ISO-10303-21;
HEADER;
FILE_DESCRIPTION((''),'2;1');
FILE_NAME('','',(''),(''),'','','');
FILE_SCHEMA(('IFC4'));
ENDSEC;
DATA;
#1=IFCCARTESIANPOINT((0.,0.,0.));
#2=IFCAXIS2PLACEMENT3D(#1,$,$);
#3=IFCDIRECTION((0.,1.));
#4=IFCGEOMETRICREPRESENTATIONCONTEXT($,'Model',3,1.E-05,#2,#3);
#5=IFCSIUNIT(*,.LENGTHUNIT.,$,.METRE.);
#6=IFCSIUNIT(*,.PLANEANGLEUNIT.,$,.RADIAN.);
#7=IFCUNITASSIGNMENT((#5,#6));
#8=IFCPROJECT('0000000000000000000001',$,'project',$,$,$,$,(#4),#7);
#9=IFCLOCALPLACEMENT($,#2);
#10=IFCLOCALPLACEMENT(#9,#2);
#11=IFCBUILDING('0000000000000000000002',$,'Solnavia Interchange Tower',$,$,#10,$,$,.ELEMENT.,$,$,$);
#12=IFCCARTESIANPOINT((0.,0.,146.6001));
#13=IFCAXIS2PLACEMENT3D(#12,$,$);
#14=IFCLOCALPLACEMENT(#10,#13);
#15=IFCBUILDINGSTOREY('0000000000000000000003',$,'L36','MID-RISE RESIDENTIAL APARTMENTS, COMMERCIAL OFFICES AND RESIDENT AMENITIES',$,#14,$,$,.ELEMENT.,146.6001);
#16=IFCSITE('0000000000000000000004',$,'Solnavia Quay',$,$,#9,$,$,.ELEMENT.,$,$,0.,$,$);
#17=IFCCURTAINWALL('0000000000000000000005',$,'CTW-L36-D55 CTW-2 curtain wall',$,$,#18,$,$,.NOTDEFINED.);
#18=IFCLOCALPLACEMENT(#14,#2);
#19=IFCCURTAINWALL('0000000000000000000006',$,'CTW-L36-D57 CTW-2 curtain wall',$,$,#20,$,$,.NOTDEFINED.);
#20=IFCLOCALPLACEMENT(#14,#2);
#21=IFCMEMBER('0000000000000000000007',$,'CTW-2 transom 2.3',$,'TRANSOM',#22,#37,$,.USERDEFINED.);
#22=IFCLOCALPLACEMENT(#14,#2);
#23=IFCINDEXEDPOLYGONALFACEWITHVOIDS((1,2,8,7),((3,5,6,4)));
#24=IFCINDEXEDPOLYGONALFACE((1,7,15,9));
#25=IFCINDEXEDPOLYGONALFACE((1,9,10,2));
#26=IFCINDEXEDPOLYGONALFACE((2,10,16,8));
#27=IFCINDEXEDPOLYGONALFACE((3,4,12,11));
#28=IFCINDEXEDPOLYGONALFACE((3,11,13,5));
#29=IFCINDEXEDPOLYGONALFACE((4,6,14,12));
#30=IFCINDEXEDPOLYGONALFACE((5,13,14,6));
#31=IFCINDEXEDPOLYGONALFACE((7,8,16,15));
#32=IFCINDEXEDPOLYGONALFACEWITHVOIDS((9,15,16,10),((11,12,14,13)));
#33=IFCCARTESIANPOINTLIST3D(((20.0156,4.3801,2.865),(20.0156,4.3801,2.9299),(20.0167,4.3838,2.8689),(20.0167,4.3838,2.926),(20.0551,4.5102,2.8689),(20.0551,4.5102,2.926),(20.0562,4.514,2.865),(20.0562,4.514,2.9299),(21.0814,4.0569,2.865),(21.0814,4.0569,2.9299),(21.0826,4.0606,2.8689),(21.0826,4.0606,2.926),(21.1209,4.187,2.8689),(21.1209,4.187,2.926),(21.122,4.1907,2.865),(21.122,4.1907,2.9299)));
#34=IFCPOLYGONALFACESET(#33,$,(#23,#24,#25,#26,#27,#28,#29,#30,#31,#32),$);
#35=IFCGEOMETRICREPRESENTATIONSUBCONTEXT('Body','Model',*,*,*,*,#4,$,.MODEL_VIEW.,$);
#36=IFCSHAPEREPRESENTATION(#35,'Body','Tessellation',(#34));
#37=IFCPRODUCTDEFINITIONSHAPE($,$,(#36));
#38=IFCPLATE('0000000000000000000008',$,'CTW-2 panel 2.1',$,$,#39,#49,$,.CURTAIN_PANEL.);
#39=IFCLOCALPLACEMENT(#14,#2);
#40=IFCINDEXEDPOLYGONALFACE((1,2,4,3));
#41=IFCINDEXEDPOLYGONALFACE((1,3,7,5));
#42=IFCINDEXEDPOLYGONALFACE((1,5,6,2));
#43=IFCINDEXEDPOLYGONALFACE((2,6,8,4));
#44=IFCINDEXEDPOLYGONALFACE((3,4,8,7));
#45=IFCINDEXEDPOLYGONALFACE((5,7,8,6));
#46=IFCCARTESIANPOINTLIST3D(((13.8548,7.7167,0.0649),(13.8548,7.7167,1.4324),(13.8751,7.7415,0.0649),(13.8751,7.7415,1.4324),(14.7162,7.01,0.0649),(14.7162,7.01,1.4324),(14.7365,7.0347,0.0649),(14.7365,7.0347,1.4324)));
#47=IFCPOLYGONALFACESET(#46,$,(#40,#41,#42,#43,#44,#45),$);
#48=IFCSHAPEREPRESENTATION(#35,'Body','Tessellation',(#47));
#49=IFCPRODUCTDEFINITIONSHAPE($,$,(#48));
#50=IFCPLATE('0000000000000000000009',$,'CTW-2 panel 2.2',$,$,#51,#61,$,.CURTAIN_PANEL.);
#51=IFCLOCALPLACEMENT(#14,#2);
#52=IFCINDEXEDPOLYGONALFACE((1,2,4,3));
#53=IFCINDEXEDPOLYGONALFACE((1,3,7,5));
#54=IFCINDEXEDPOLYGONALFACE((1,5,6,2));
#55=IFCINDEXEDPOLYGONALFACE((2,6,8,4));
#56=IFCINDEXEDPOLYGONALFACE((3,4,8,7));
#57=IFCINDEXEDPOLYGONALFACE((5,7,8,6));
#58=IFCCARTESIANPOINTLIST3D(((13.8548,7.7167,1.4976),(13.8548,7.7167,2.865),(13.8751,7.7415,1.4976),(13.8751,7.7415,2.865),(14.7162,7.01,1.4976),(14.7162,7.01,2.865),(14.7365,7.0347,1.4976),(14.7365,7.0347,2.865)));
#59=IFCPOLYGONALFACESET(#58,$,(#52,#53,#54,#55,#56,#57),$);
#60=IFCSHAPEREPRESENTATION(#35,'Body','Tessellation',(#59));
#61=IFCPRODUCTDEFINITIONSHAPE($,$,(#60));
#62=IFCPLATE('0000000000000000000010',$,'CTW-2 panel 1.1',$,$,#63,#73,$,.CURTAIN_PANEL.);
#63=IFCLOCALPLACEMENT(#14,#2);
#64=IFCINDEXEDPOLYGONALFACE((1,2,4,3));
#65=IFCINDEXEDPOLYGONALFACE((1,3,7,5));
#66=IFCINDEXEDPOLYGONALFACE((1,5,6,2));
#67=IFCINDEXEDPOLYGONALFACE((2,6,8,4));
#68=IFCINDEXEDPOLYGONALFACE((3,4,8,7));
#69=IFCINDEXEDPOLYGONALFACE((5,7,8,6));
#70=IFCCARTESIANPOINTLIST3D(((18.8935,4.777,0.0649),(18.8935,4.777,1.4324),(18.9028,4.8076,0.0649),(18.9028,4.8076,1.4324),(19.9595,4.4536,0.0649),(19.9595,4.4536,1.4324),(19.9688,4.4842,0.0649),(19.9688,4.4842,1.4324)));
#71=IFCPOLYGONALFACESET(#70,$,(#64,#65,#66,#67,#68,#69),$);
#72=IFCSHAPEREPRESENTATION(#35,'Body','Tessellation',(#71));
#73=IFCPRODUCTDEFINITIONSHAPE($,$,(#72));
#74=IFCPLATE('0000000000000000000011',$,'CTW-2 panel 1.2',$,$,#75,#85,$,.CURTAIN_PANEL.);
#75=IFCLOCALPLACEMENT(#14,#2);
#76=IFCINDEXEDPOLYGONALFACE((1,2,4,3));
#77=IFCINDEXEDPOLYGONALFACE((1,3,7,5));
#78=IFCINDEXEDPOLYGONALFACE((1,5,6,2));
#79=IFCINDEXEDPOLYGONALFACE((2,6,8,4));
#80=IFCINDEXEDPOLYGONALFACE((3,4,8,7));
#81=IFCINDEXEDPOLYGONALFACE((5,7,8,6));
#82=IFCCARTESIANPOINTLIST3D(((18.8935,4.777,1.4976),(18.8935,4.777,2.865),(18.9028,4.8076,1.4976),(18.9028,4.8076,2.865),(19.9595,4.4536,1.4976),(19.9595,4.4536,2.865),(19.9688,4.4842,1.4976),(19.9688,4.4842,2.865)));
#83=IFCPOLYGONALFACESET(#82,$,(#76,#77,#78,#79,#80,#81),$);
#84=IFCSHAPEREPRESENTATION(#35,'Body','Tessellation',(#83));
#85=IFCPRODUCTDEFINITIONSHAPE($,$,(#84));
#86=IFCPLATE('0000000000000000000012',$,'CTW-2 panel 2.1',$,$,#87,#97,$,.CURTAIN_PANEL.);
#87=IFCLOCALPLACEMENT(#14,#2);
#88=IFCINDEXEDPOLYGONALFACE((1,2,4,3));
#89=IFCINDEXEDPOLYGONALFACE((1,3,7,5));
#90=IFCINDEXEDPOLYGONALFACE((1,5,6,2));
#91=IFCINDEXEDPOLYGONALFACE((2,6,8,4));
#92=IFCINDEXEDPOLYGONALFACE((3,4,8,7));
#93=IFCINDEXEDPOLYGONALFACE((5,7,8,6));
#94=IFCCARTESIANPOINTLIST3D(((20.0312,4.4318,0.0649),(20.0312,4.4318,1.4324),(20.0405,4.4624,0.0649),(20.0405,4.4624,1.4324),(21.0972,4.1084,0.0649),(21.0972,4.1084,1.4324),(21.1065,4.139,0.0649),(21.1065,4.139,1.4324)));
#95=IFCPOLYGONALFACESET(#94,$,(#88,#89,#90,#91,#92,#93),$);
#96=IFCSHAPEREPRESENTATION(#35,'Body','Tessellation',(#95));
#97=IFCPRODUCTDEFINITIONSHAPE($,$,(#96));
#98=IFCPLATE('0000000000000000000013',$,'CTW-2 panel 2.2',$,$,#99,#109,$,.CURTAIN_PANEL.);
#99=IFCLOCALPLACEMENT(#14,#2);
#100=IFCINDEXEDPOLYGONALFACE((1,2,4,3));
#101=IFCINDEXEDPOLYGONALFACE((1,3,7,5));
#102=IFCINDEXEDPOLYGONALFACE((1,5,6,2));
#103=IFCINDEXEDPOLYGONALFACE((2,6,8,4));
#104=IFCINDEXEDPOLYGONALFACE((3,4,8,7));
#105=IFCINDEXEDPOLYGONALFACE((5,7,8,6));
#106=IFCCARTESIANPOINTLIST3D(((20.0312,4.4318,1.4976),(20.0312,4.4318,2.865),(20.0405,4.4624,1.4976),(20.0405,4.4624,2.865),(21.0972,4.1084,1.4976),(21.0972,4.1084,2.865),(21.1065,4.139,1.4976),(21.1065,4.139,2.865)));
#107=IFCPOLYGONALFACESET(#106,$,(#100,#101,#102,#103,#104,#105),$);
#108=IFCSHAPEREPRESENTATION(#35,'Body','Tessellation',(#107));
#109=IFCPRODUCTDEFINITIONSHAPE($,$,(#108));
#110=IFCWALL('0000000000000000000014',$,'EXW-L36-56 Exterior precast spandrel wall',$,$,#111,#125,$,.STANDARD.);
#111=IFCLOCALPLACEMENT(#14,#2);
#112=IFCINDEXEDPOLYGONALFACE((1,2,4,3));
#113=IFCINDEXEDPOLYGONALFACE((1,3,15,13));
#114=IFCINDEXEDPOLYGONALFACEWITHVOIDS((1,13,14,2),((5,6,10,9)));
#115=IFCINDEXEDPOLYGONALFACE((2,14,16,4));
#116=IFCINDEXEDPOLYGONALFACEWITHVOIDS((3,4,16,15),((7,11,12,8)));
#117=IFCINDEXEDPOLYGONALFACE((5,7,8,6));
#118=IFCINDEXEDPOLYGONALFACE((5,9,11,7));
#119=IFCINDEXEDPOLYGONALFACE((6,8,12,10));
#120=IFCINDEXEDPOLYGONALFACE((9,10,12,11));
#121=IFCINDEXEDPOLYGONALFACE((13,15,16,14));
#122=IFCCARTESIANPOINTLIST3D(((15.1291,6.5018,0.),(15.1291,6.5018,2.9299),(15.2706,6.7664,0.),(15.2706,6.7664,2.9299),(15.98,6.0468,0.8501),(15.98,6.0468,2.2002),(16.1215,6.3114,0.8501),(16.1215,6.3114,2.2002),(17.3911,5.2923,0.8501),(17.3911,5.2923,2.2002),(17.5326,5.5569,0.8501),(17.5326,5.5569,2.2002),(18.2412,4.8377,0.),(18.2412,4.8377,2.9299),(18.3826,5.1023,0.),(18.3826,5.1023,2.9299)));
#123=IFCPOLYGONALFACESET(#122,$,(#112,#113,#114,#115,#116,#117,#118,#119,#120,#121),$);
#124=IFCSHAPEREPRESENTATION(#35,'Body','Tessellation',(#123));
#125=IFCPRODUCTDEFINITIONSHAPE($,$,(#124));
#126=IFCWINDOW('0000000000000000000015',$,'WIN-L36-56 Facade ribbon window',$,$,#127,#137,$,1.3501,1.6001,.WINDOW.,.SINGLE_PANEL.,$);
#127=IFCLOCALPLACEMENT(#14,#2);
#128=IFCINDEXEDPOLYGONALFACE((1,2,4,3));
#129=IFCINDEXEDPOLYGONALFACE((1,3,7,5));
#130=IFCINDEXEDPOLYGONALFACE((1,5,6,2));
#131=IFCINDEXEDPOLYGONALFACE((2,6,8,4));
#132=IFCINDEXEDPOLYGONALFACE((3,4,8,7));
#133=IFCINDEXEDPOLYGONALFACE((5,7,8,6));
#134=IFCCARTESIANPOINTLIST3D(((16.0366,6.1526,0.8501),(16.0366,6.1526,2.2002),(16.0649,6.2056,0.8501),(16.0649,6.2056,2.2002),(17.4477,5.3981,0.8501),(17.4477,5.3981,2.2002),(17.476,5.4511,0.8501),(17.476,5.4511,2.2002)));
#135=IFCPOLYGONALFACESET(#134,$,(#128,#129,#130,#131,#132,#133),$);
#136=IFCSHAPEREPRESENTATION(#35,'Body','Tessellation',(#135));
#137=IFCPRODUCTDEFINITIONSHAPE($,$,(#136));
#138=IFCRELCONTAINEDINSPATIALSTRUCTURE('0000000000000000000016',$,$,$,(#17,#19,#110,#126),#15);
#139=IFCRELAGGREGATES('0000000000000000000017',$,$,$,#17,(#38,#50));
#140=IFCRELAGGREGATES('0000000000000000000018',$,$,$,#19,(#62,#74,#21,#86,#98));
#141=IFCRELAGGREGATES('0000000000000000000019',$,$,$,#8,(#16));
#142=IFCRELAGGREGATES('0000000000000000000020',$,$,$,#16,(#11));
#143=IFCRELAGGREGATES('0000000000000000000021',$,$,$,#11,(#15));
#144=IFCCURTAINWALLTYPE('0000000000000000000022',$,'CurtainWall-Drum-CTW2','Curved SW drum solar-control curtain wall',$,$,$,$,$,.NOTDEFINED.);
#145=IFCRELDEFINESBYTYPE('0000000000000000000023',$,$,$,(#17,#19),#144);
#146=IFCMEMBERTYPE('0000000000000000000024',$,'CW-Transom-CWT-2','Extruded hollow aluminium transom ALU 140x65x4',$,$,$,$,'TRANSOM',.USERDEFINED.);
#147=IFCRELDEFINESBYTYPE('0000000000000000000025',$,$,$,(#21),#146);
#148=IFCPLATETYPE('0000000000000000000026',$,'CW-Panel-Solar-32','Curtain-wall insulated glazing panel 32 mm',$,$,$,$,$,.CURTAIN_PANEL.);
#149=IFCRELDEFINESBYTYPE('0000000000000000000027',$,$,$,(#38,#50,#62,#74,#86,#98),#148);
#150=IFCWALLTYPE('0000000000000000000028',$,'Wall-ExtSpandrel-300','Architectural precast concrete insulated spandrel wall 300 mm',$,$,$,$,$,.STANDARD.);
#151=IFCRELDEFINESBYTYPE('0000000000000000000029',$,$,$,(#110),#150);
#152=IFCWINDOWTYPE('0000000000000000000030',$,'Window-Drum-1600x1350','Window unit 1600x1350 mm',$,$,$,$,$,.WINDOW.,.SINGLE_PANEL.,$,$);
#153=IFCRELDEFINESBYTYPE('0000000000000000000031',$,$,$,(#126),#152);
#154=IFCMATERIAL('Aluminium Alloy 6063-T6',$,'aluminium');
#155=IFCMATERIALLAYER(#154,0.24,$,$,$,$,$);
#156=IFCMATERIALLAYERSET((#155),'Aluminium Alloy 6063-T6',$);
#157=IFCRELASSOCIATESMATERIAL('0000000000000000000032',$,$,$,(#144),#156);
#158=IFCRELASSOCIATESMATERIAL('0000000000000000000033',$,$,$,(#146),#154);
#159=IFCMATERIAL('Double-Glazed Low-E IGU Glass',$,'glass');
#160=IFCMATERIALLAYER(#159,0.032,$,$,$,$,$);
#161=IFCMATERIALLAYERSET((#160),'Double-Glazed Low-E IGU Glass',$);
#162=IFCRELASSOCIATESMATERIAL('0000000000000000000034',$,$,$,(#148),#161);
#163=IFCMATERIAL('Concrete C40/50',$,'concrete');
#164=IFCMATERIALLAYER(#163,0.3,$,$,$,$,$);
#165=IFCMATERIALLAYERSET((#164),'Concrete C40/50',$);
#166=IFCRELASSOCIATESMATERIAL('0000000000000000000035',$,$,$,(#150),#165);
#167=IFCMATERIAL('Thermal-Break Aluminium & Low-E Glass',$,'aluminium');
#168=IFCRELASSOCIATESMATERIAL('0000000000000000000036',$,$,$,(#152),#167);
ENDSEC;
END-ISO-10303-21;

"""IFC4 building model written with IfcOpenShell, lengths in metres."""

from ifc_helpers import new_model, si_unit, direction, frame, frame_2d, origin, origin_2d, place, context, subcontext, project, spatial, rectangle, hollow_rectangle, extrude, material, layer, layer_set, material_profile, profile_set, type_object, element, fill, aggregate, save


model = new_model("IFC4")

# Units and contexts
model_context = context("Model", 3, precision=1e-05, world=origin(), true_north=direction((0.0, 1.0)))
body_context = subcontext(model_context, "Body", "Model", "MODEL_VIEW")
ifc_project = project(units=[si_unit("LENGTHUNIT", "METRE"), si_unit("PLANEANGLEUNIT", "RADIAN")], contexts=[model_context])

# Site, building, storey
site_placement = place(None, origin())
site = spatial("IfcSite", under=ifc_project, at=site_placement, Name="Solnavia Quay", CompositionType="ELEMENT", RefElevation=0.0)
building_placement = place(site_placement, origin())
building = spatial("IfcBuilding", under=site, at=building_placement, Name="Solnavia Interchange Tower", CompositionType="ELEMENT")
storey_placement = place(building_placement, frame((0.0, 0.0, 146.6001)))
storey = spatial("IfcBuildingStorey", under=building, at=storey_placement, Name="L36", Description="MID-RISE RESIDENTIAL APARTMENTS, COMMERCIAL OFFICES AND RESIDENT AMENITIES", CompositionType="ELEMENT", Elevation=146.6001)

# Curtain wall
ifc_material_1 = material(Name="Aluminium Alloy 6063-T6", Category="aluminium")
ifc_layer_1 = layer(ifc_material_1, 0.24)
ifc_layer_set_1 = layer_set([ifc_layer_1], Name="Aluminium Alloy 6063-T6")
curtain_wall_type = type_object("IfcCurtainWallType", Name="CurtainWall-Drum-CTW2", Description="Curved SW drum solar-control curtain wall", PredefinedType="NOTDEFINED", material=ifc_layer_set_1)
curtain_wall_1_placement = place(storey_placement, origin())
curtain_wall_1 = element("IfcCurtainWall", 1, at=curtain_wall_1_placement, inside=storey, type_object=curtain_wall_type, Name="CTW-L36-D55 CTW-2 curtain wall", PredefinedType="NOTDEFINED")

# Curtain wall, member
curtain_wall_2_placement = place(storey_placement, origin())
curtain_wall_2 = element("IfcCurtainWall", 2, at=curtain_wall_2_placement, inside=storey, type_object=curtain_wall_type, Name="CTW-L36-D57 CTW-2 curtain wall", PredefinedType="NOTDEFINED")
ifc_material_profile_1 = material_profile(ifc_material_1, hollow_rectangle(XDim=0.0649, YDim=0.1399, WallThickness=0.0039, at=origin_2d()), Name="ALU 140x65x4")
ifc_profile_set_1 = profile_set([ifc_material_profile_1], Name="Aluminium Alloy 6063-T6")
member_type_1 = type_object("IfcMemberType", Name="CW-Transom-CWT-2", Description="Extruded hollow aluminium transom ALU 140x65x4", ElementType="TRANSOM", PredefinedType="USERDEFINED", material=ifc_profile_set_1)
member_1_placement = place(storey_placement, frame((20.0359, 4.447, 2.8975), z_axis=(0.956965, -0.290202, 0.0), x_axis=(0.0, 0.0, 1.0)))
member_1 = element("IfcMember", 3, at=member_1_placement, type_object=member_type_1, Name="CTW-2 transom 2.3", ObjectType="TRANSOM", PredefinedType="USERDEFINED", context=body_context, shape_type="SweptSolid", body=[
    extrude(hollow_rectangle(XDim=0.0649, YDim=0.1399, WallThickness=0.0039, at=origin_2d()), origin(), (0.0, 0.0, 1.0), 1.1138),
])

# Plates
ifc_material_2 = material(Name="Double-Glazed Low-E IGU Glass", Category="glass")
ifc_layer_2 = layer(ifc_material_2, 0.032)
ifc_layer_set_2 = layer_set([ifc_layer_2], Name="Double-Glazed Low-E IGU Glass")
plate_type = type_object("IfcPlateType", Name="CW-Panel-Solar-32", Description="Curtain-wall insulated glazing panel 32 mm", PredefinedType="CURTAIN_PANEL", material=ifc_layer_set_2)
plate_1_placement = place(storey_placement, frame((14.2957, 7.3757, 0.0649), z_axis=(0.0, 0.0, 1.0), x_axis=(0.773103, -0.63428, 0.0)))
plate_1 = element("IfcPlate", 4, at=plate_1_placement, type_object=plate_type, Name="CTW-2 panel 2.1", PredefinedType="CURTAIN_PANEL", context=body_context, shape_type="SweptSolid", body=[
    extrude(rectangle(XDim=1.1143, YDim=0.032, at=origin_2d()), origin(), (0.0, 0.0, 1.0), 1.3674),
])
plate_2_placement = place(storey_placement, frame((14.2957, 7.3757, 1.4976), z_axis=(0.0, 0.0, 1.0), x_axis=(0.773103, -0.63428, 0.0)))
plate_2 = element("IfcPlate", 5, at=plate_2_placement, type_object=plate_type, Name="CTW-2 panel 2.2", PredefinedType="CURTAIN_PANEL", context=body_context, shape_type="SweptSolid", body=[
    extrude(rectangle(XDim=1.1143, YDim=0.032, at=origin_2d()), origin(), (0.0, 0.0, 1.0), 1.3674),
])
aggregate(curtain_wall_1, [plate_1, plate_2])
plate_3_placement = place(storey_placement, frame((19.4312, 4.6306, 0.0649), z_axis=(0.0, 0.0, 1.0), x_axis=(0.956942, -0.290279, 0.0)))
plate_3 = element("IfcPlate", 6, at=plate_3_placement, type_object=plate_type, Name="CTW-2 panel 1.1", PredefinedType="CURTAIN_PANEL", context=body_context, shape_type="SweptSolid", body=[
    extrude(rectangle(XDim=1.114, YDim=0.032, at=origin_2d()), origin(), (0.0, 0.0, 1.0), 1.3674),
])
plate_4_placement = place(storey_placement, frame((19.4312, 4.6306, 1.4976), z_axis=(0.0, 0.0, 1.0), x_axis=(0.956942, -0.290279, 0.0)))
plate_4 = element("IfcPlate", 7, at=plate_4_placement, type_object=plate_type, Name="CTW-2 panel 1.2", PredefinedType="CURTAIN_PANEL", context=body_context, shape_type="SweptSolid", body=[
    extrude(rectangle(XDim=1.114, YDim=0.032, at=origin_2d()), origin(), (0.0, 0.0, 1.0), 1.3674),
])
plate_5_placement = place(storey_placement, frame((20.5688, 4.2854, 0.0649), z_axis=(0.0, 0.0, 1.0), x_axis=(0.956942, -0.290279, 0.0)))
plate_5 = element("IfcPlate", 8, at=plate_5_placement, type_object=plate_type, Name="CTW-2 panel 2.1", PredefinedType="CURTAIN_PANEL", context=body_context, shape_type="SweptSolid", body=[
    extrude(rectangle(XDim=1.114, YDim=0.032, at=origin_2d()), origin(), (0.0, 0.0, 1.0), 1.3674),
])
plate_6_placement = place(storey_placement, frame((20.5688, 4.2854, 1.4976), z_axis=(0.0, 0.0, 1.0), x_axis=(0.956942, -0.290279, 0.0)))
plate_6 = element("IfcPlate", 9, at=plate_6_placement, type_object=plate_type, Name="CTW-2 panel 2.2", PredefinedType="CURTAIN_PANEL", context=body_context, shape_type="SweptSolid", body=[
    extrude(rectangle(XDim=1.114, YDim=0.032, at=origin_2d()), origin(), (0.0, 0.0, 1.0), 1.3674),
])
aggregate(curtain_wall_2, [plate_3, plate_4, member_1, plate_5, plate_6])

# Wall, opening, window
ifc_material_3 = material(Name="Concrete C40/50", Category="concrete")
ifc_layer_3 = layer(ifc_material_3, 0.3)
ifc_layer_set_3 = layer_set([ifc_layer_3], Name="Concrete C40/50")
wall_type = type_object("IfcWallType", Name="Wall-ExtSpandrel-300", Description="Architectural precast concrete insulated spandrel wall 300 mm", PredefinedType="STANDARD", material=ifc_layer_set_3)
wall_placement = place(storey_placement, frame((18.312, 4.97, 0.0), z_axis=(0.0, 0.0, 1.0), x_axis=(-0.881847, 0.471536, 0.0)))
wall = element("IfcWall", 10, at=wall_placement, inside=storey, type_object=wall_type, Name="EXW-L36-56 Exterior precast spandrel wall", PredefinedType="STANDARD", context=body_context, shape_type="SweptSolid", body=[
    extrude(rectangle(XDim=3.5291, YDim=0.3, at=frame_2d((1.7646, 0.0))), origin(), (0.0, 0.0, 1.0), 2.9299),
])
opening_placement = place(wall_placement, frame((0.9641, 0.0, 0.8501)))
opening = element("IfcOpeningElement", 11, at=opening_placement, cuts=wall, PredefinedType="OPENING", context=body_context, shape_type="SweptSolid", body=[
    extrude(rectangle(XDim=1.6001, YDim=1.3501, at=frame_2d((0.8, 0.675))), frame((0.0, 0.1602, 0.0), z_axis=(0.0, -1.0, 0.0), x_axis=(1.0, 0.0, 0.0)), (0.0, 0.0, 1.0), 0.3201),
])
ifc_material_4 = material(Name="Thermal-Break Aluminium & Low-E Glass", Category="aluminium")
window_type = type_object("IfcWindowType", Name="Window-Drum-1600x1350", Description="Window unit 1600x1350 mm", PartitioningType="SINGLE_PANEL", PredefinedType="WINDOW", material=ifc_material_4)
window_placement = place(opening_placement, origin())
window = element("IfcWindow", 12, at=window_placement, inside=storey, type_object=window_type, Name="WIN-L36-56 Facade ribbon window", OverallHeight=1.3501, OverallWidth=1.6001, PartitioningType="SINGLE_PANEL", PredefinedType="WINDOW", context=body_context, shape_type="SweptSolid", body=[
    extrude(rectangle(XDim=1.6001, YDim=1.3501, at=frame_2d((0.8, 0.675))), frame((0.0, 0.03, 0.0), z_axis=(0.0, -1.0, 0.0), x_axis=(1.0, 0.0, 0.0)), (0.0, 0.0, 1.0), 0.0601),
])
fill(opening, window)

save(model, "model.ifc")
